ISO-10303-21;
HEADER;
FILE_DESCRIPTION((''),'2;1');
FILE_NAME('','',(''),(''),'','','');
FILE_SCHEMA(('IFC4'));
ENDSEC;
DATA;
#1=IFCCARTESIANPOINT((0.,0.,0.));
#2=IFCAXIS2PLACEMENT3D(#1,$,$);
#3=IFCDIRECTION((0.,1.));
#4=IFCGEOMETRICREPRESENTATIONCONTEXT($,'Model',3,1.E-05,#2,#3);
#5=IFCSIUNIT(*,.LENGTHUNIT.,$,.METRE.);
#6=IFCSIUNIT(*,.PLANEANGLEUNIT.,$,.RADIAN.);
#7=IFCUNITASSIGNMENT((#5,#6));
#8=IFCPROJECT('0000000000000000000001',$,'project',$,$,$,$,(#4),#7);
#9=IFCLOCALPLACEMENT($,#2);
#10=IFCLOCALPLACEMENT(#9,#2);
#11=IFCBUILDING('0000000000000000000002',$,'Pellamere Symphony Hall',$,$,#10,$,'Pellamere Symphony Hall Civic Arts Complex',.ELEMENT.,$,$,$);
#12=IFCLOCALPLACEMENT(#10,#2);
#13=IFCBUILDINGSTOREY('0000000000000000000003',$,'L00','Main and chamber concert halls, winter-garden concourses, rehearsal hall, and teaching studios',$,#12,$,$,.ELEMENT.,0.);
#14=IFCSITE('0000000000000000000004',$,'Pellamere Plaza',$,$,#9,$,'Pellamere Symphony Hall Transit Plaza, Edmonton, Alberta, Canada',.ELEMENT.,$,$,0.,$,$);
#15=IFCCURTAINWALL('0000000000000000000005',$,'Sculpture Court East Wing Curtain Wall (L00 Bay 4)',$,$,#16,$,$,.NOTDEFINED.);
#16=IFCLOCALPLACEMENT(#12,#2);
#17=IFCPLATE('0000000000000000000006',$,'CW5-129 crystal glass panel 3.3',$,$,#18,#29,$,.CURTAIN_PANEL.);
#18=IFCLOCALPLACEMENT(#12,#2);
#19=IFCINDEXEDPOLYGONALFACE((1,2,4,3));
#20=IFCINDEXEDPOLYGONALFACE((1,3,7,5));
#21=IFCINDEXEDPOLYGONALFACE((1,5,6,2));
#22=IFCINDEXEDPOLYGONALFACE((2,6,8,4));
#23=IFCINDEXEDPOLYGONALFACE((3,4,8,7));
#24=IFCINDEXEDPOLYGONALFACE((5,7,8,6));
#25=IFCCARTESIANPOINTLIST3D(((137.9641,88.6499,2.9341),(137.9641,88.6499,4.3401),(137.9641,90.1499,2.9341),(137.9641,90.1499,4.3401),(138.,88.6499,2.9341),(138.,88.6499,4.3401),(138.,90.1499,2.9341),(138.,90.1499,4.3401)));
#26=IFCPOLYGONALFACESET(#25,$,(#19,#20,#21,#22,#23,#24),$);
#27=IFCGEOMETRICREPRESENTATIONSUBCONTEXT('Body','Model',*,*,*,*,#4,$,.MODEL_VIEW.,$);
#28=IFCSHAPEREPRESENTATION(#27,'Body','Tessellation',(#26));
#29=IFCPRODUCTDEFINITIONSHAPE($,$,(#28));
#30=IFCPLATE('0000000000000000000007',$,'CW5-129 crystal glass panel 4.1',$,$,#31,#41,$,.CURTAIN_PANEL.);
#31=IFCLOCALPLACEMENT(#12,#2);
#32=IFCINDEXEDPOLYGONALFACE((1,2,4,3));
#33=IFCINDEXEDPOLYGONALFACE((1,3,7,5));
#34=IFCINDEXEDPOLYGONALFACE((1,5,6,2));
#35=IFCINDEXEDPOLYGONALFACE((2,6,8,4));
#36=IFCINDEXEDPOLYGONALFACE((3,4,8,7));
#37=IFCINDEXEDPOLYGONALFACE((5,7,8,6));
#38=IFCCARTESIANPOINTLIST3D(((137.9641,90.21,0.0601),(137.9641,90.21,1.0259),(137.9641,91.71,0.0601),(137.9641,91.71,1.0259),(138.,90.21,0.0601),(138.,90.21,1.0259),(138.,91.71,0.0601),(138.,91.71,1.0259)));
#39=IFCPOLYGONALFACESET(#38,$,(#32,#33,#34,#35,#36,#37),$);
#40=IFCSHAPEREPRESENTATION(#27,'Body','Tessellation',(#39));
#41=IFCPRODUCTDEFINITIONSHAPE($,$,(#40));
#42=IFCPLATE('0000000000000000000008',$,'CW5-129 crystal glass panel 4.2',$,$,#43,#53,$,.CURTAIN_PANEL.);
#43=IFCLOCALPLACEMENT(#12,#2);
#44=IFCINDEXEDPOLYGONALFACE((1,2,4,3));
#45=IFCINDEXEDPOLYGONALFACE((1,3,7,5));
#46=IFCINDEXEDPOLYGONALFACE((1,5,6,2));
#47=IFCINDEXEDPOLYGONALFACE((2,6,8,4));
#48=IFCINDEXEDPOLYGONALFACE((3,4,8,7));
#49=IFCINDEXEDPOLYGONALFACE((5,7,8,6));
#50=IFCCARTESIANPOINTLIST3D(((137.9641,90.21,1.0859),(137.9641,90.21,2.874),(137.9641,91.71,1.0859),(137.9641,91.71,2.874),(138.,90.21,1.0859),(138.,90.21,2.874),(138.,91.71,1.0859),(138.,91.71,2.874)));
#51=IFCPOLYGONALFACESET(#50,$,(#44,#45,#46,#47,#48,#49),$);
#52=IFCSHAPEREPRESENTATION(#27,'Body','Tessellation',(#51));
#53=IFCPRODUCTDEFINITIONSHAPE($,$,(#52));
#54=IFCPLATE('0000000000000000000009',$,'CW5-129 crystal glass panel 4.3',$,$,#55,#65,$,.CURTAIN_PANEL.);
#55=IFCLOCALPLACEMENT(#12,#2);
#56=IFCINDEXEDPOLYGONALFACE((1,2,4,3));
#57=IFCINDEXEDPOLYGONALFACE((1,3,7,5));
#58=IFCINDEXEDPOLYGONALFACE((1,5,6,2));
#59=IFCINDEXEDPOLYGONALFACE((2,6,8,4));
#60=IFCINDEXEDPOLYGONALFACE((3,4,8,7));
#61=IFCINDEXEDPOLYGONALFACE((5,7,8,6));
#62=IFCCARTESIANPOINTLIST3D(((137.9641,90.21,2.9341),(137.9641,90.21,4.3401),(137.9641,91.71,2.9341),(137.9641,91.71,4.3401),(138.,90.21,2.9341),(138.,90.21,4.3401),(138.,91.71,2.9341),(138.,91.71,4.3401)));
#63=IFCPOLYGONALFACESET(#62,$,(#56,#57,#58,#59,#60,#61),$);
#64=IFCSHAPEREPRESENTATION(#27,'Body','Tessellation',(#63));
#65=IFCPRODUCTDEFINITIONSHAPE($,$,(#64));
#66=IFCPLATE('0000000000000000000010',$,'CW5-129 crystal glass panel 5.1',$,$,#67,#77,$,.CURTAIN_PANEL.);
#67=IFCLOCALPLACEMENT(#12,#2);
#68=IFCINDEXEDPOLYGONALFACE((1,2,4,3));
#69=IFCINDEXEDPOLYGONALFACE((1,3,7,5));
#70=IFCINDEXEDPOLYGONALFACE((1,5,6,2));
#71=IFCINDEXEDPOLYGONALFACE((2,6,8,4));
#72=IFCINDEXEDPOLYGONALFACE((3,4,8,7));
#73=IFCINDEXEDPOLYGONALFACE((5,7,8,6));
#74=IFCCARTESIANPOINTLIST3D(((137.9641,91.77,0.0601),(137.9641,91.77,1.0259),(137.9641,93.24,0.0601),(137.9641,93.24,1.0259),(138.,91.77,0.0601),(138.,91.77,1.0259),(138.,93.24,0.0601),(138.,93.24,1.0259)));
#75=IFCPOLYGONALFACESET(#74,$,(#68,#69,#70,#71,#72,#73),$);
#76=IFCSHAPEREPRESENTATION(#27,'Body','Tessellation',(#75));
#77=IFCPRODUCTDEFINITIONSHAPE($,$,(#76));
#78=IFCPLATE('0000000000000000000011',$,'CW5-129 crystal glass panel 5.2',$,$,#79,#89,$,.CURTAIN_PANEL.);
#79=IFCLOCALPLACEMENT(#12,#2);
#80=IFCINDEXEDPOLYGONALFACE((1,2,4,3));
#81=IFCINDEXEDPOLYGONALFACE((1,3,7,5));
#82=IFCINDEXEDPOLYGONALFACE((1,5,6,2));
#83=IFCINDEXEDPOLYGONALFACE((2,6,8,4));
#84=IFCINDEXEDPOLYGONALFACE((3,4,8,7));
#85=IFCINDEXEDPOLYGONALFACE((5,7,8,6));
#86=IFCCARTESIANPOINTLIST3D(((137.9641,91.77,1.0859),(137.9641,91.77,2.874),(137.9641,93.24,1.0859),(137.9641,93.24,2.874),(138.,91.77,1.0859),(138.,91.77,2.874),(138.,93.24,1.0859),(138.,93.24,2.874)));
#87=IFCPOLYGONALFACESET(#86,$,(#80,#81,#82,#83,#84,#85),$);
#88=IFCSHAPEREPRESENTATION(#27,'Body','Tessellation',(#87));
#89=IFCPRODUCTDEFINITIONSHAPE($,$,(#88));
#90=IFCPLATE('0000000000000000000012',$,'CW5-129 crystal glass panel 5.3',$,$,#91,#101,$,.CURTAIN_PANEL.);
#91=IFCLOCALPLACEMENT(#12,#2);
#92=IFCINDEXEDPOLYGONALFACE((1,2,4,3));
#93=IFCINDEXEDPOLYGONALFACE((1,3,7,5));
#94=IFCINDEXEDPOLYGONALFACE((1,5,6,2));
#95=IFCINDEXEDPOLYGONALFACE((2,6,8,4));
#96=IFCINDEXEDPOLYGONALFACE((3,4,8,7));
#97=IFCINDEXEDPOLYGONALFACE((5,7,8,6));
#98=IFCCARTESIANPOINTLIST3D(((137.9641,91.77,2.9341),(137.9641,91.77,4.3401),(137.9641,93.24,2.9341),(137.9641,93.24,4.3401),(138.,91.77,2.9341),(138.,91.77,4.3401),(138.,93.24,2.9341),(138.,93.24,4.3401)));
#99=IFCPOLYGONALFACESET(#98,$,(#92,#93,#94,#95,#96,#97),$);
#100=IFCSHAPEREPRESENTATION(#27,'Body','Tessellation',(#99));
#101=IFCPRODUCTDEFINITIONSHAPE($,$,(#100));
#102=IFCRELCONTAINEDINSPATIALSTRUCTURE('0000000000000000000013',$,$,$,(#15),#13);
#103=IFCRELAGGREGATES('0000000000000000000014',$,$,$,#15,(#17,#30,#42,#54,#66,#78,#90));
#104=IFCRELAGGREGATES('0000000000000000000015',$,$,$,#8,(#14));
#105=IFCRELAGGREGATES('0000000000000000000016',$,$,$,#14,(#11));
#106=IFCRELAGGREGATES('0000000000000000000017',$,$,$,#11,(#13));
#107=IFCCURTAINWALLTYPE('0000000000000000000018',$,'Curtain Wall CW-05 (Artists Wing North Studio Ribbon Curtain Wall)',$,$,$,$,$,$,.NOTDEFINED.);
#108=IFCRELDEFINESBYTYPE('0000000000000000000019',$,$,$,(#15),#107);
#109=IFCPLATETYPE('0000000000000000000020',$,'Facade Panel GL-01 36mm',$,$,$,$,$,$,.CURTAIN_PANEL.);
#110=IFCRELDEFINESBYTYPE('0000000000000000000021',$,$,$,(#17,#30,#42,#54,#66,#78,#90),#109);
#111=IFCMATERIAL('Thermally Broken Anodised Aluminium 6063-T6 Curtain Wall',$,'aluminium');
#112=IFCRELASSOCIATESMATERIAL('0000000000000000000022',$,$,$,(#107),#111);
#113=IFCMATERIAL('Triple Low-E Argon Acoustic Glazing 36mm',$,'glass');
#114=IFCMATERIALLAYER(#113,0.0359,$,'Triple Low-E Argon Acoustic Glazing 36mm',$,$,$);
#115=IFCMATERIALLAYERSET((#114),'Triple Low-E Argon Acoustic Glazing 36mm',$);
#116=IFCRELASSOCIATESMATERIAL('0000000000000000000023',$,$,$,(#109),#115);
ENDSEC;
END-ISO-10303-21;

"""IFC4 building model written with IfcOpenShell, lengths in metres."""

from ifc_helpers import new_model, si_unit, direction, frame, origin, place, context, subcontext, project, spatial, polyline, outline, extrude, material, layer, layer_set, type_object, element, aggregate, save


model = new_model("IFC4")

# Units and contexts
model_context = context("Model", 3, precision=1e-05, world=origin(), true_north=direction((0.0, 1.0)))
body_context = subcontext(model_context, "Body", "Model", "MODEL_VIEW")
ifc_project = project(units=[si_unit("LENGTHUNIT", "METRE"), si_unit("PLANEANGLEUNIT", "RADIAN")], contexts=[model_context])

# Site, building, storey
site_placement = place(None, origin())
site = spatial("IfcSite", under=ifc_project, at=site_placement, Name="Pellamere Plaza", LongName="Pellamere Symphony Hall Transit Plaza, Edmonton, Alberta, Canada", CompositionType="ELEMENT", RefElevation=0.0)
building_placement = place(site_placement, origin())
building = spatial("IfcBuilding", under=site, at=building_placement, Name="Pellamere Symphony Hall", LongName="Pellamere Symphony Hall Civic Arts Complex", CompositionType="ELEMENT")
storey_placement = place(building_placement, origin())
storey = spatial("IfcBuildingStorey", under=building, at=storey_placement, Name="L00", Description="Main and chamber concert halls, winter-garden concourses, rehearsal hall, and teaching studios", CompositionType="ELEMENT", Elevation=0.0)

# Curtain wall, plates
ifc_material_1 = material(Name="Thermally Broken Anodised Aluminium 6063-T6 Curtain Wall", Category="aluminium")
curtain_wall_type = type_object("IfcCurtainWallType", Name="Curtain Wall CW-05 (Artists Wing North Studio Ribbon Curtain Wall)", PredefinedType="NOTDEFINED", material=ifc_material_1)
curtain_wall_placement = place(storey_placement, origin())
curtain_wall = element("IfcCurtainWall", 1, at=curtain_wall_placement, inside=storey, type_object=curtain_wall_type, Name="Sculpture Court East Wing Curtain Wall (L00 Bay 4)", PredefinedType="NOTDEFINED")
ifc_material_2 = material(Name="Triple Low-E Argon Acoustic Glazing 36mm", Category="glass")
ifc_layer = layer(ifc_material_2, 0.0359, Name="Triple Low-E Argon Acoustic Glazing 36mm")
ifc_layer_set = layer_set([ifc_layer], Name="Triple Low-E Argon Acoustic Glazing 36mm")
plate_type = type_object("IfcPlateType", Name="Facade Panel GL-01 36mm", PredefinedType="CURTAIN_PANEL", material=ifc_layer_set)
plate_1_placement = place(storey_placement, frame((138.0, 88.6499, 2.9341), z_axis=(1.0, 0.0, 0.0), x_axis=(0.0, 1.0, 0.0)))
plate_1 = element("IfcPlate", 2, at=plate_1_placement, type_object=plate_type, Name="CW5-129 crystal glass panel 3.3", PredefinedType="CURTAIN_PANEL", context=body_context, shape_type="SweptSolid", body=[
    extrude(outline(polyline([(0.0, 0.0), (1.5, 0.0), (1.5, 1.406), (0.0, 1.406), (0.0, 0.0)])), origin(), (0.0, 0.0, -1.0), 0.0359),
])
plate_2_placement = place(storey_placement, frame((138.0, 90.21, 0.0601), z_axis=(1.0, 0.0, 0.0), x_axis=(0.0, 1.0, 0.0)))
plate_2 = element("IfcPlate", 3, at=plate_2_placement, type_object=plate_type, Name="CW5-129 crystal glass panel 4.1", PredefinedType="CURTAIN_PANEL", context=body_context, shape_type="SweptSolid", body=[
    extrude(outline(polyline([(0.0, 0.0), (1.5, 0.0), (1.5, 0.9658), (0.0, 0.9658), (0.0, 0.0)])), origin(), (0.0, 0.0, -1.0), 0.0359),
])
plate_3_placement = place(storey_placement, frame((138.0, 90.21, 1.0859), z_axis=(1.0, 0.0, 0.0), x_axis=(0.0, 1.0, 0.0)))
plate_3 = element("IfcPlate", 4, at=plate_3_placement, type_object=plate_type, Name="CW5-129 crystal glass panel 4.2", PredefinedType="CURTAIN_PANEL", context=body_context, shape_type="SweptSolid", body=[
    extrude(outline(polyline([(0.0, 0.0), (1.5, 0.0), (1.5, 1.7881), (0.0, 1.7881), (0.0, 0.0)])), origin(), (0.0, 0.0, -1.0), 0.0359),
])
plate_4_placement = place(storey_placement, frame((138.0, 90.21, 2.9341), z_axis=(1.0, 0.0, 0.0), x_axis=(0.0, 1.0, 0.0)))
plate_4 = element("IfcPlate", 5, at=plate_4_placement, type_object=plate_type, Name="CW5-129 crystal glass panel 4.3", PredefinedType="CURTAIN_PANEL", context=body_context, shape_type="SweptSolid", body=[
    extrude(outline(polyline([(0.0, 0.0), (1.5, 0.0), (1.5, 1.406), (0.0, 1.406), (0.0, 0.0)])), origin(), (0.0, 0.0, -1.0), 0.0359),
])
plate_5_placement = place(storey_placement, frame((138.0, 91.77, 0.0601), z_axis=(1.0, 0.0, 0.0), x_axis=(0.0, 1.0, 0.0)))
plate_5 = element("IfcPlate", 6, at=plate_5_placement, type_object=plate_type, Name="CW5-129 crystal glass panel 5.1", PredefinedType="CURTAIN_PANEL", context=body_context, shape_type="SweptSolid", body=[
    extrude(outline(polyline([(0.0, 0.0), (1.47, 0.0), (1.47, 0.9658), (0.0, 0.9658), (0.0, 0.0)])), origin(), (0.0, 0.0, -1.0), 0.0359),
])
plate_6_placement = place(storey_placement, frame((138.0, 91.77, 1.0859), z_axis=(1.0, 0.0, 0.0), x_axis=(0.0, 1.0, 0.0)))
plate_6 = element("IfcPlate", 7, at=plate_6_placement, type_object=plate_type, Name="CW5-129 crystal glass panel 5.2", PredefinedType="CURTAIN_PANEL", context=body_context, shape_type="SweptSolid", body=[
    extrude(outline(polyline([(0.0, 0.0), (1.47, 0.0), (1.47, 1.7881), (0.0, 1.7881), (0.0, 0.0)])), origin(), (0.0, 0.0, -1.0), 0.0359),
])
plate_7_placement = place(storey_placement, frame((138.0, 91.77, 2.9341), z_axis=(1.0, 0.0, 0.0), x_axis=(0.0, 1.0, 0.0)))
plate_7 = element("IfcPlate", 8, at=plate_7_placement, type_object=plate_type, Name="CW5-129 crystal glass panel 5.3", PredefinedType="CURTAIN_PANEL", context=body_context, shape_type="SweptSolid", body=[
    extrude(outline(polyline([(0.0, 0.0), (1.47, 0.0), (1.47, 1.406), (0.0, 1.406), (0.0, 0.0)])), origin(), (0.0, 0.0, -1.0), 0.0359),
])
aggregate(curtain_wall, [plate_1, plate_2, plate_3, plate_4, plate_5, plate_6, plate_7])

save(model, "model.ifc")
